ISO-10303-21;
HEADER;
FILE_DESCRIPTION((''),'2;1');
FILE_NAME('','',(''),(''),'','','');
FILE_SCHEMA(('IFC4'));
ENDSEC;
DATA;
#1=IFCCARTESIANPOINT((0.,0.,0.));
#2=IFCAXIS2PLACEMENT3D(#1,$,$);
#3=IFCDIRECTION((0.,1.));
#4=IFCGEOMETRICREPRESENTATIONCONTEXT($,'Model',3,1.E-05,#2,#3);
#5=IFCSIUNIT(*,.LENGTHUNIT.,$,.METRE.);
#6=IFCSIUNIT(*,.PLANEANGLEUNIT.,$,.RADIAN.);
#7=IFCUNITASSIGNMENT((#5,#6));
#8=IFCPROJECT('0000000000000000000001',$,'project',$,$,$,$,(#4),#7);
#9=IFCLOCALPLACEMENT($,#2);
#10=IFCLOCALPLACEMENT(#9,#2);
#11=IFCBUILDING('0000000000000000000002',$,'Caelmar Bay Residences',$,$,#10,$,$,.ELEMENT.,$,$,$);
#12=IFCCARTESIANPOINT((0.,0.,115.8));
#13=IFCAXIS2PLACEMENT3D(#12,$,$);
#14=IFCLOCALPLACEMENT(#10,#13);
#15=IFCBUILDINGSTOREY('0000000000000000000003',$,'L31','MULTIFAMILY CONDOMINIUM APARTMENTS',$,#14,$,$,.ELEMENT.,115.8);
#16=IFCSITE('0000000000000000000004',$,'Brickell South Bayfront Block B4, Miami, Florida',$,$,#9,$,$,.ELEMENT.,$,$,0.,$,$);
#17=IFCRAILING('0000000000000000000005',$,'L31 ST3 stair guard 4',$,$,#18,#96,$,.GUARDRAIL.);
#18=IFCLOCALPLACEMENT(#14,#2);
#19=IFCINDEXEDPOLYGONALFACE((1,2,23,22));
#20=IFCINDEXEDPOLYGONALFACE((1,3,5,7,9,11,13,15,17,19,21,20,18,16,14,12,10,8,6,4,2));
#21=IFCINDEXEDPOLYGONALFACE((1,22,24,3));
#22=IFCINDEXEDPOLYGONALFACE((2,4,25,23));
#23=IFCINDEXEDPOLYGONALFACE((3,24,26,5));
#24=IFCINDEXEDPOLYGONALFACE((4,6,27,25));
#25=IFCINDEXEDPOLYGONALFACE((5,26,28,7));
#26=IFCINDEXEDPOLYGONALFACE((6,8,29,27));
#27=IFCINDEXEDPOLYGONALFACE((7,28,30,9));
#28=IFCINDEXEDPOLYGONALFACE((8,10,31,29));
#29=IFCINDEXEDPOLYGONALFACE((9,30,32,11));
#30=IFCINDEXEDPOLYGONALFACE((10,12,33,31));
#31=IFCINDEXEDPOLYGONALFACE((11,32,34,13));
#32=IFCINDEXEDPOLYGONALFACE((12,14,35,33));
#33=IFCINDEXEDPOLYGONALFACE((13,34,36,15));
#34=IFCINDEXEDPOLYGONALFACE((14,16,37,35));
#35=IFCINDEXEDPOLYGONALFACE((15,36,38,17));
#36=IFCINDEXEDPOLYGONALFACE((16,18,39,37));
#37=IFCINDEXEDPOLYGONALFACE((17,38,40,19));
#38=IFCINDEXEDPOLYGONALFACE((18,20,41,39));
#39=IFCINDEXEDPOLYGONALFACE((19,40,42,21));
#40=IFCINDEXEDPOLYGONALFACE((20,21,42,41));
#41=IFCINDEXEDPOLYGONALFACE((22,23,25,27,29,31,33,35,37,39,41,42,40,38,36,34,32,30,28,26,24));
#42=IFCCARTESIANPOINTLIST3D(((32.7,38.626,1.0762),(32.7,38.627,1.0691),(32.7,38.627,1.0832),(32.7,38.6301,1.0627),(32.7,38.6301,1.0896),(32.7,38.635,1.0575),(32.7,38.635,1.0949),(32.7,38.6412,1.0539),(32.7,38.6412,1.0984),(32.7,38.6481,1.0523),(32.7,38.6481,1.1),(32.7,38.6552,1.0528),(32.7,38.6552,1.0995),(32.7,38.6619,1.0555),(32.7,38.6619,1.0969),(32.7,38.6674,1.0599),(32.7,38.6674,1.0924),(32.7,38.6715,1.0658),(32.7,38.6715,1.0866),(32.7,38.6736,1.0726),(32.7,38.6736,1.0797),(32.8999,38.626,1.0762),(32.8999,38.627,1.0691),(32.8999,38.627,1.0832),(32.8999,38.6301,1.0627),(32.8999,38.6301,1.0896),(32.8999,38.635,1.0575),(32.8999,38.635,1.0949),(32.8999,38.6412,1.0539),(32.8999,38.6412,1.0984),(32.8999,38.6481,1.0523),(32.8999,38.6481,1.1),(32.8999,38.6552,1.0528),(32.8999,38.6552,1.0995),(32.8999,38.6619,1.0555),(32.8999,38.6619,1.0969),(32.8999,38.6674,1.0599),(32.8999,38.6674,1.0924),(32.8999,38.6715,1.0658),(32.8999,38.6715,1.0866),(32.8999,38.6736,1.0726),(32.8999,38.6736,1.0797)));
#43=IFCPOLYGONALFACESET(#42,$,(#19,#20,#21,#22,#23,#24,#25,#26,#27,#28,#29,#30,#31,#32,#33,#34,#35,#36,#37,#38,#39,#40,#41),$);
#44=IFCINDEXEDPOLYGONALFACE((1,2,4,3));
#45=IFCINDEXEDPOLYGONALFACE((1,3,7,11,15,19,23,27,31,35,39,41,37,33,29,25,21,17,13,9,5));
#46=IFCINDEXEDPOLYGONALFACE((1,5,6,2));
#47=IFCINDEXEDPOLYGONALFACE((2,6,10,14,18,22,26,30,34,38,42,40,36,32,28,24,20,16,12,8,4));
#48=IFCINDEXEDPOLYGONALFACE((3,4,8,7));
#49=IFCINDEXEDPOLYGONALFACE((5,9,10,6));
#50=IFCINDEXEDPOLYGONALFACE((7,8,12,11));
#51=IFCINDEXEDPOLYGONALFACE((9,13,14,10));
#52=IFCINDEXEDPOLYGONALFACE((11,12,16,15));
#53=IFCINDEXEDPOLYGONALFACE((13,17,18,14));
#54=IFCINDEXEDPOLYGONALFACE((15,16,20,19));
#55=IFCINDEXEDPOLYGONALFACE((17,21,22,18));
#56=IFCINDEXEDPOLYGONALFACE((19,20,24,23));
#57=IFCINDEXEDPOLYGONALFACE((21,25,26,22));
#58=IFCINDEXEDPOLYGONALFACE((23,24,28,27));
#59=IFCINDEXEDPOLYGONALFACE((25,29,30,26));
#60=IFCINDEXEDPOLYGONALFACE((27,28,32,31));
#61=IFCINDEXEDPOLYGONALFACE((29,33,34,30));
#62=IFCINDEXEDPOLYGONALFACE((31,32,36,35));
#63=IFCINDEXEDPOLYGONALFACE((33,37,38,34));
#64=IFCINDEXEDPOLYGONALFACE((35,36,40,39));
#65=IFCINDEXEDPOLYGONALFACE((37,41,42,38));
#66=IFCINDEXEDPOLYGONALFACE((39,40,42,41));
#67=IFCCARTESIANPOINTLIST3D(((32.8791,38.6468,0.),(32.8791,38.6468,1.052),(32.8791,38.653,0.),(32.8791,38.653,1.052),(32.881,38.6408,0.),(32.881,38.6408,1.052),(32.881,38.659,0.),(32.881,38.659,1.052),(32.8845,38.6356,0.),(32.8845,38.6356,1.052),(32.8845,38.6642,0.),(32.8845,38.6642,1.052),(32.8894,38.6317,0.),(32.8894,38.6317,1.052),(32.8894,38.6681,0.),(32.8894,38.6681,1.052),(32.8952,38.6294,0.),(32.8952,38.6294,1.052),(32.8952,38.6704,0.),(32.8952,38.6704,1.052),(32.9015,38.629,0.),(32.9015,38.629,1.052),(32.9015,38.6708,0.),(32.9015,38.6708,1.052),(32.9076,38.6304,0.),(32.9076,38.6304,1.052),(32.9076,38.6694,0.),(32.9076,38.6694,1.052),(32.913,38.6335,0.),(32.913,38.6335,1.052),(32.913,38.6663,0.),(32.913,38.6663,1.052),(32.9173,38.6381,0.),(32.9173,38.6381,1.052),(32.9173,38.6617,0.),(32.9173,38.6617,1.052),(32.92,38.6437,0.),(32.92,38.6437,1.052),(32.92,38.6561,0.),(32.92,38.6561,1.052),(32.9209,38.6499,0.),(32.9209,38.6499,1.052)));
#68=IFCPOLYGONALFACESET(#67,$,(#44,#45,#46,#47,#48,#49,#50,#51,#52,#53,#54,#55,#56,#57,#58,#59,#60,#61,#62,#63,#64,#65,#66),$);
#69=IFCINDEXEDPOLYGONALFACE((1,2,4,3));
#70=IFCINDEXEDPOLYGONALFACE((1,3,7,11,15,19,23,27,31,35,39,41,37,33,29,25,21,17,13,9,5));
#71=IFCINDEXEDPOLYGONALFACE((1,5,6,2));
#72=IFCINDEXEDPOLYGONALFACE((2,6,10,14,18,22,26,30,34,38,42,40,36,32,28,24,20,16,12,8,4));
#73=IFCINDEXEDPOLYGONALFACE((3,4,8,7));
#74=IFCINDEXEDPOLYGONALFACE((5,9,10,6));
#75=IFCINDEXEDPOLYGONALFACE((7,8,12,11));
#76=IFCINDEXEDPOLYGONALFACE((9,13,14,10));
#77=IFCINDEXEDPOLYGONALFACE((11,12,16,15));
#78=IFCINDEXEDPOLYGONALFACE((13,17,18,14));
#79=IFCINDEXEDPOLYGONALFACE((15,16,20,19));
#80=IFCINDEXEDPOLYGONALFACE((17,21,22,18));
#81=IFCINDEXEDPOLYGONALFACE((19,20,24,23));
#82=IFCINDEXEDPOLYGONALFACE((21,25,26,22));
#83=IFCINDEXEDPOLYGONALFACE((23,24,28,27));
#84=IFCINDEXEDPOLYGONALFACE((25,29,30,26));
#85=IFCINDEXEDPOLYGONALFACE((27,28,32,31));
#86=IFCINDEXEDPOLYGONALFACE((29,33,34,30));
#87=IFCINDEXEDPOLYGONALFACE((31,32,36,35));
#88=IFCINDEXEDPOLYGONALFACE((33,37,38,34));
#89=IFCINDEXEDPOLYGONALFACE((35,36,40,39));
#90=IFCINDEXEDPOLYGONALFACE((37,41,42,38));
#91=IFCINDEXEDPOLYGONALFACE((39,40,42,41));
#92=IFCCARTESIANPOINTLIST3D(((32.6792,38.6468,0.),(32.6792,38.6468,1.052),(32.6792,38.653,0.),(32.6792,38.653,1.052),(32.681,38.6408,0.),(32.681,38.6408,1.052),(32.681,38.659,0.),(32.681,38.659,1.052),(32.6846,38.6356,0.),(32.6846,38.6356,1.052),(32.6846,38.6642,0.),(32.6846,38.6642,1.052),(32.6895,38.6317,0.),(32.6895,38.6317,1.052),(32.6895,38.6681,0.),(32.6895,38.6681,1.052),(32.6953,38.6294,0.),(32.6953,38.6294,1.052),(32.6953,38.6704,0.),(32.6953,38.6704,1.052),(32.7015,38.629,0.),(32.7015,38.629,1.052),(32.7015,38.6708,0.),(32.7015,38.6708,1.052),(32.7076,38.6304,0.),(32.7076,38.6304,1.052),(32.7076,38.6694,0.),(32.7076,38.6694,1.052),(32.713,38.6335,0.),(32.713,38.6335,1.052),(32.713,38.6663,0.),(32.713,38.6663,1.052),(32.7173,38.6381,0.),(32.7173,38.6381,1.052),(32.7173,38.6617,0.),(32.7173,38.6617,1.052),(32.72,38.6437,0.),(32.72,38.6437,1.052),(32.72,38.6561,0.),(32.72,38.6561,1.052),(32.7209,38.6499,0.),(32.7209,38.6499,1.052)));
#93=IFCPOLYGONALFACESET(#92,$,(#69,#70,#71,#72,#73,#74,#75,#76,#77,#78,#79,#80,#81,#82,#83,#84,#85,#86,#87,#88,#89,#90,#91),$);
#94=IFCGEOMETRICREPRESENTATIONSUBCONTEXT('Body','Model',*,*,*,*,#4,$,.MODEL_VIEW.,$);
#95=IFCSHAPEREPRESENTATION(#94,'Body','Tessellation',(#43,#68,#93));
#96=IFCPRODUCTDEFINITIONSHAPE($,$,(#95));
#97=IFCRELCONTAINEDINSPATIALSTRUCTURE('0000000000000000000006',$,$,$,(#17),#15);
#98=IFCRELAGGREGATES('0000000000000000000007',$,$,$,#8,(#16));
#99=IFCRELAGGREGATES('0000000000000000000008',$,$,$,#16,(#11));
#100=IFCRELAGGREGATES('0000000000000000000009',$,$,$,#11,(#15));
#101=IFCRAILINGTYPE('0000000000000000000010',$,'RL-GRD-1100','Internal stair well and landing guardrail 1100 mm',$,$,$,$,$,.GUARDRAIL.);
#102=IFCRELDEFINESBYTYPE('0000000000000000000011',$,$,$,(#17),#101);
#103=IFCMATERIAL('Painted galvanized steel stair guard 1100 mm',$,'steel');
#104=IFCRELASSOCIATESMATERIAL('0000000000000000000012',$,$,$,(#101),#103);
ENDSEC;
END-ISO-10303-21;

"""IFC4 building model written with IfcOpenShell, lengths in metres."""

from ifc_helpers import new_model, si_unit, direction, frame, origin, origin_2d, place, context, subcontext, project, spatial, circle, extrude, material, type_object, element, save


model = new_model("IFC4")

# Units and contexts
model_context = context("Model", 3, precision=1e-05, world=origin(), true_north=direction((0.0, 1.0)))
body_context = subcontext(model_context, "Body", "Model", "MODEL_VIEW")
ifc_project = project(units=[si_unit("LENGTHUNIT", "METRE"), si_unit("PLANEANGLEUNIT", "RADIAN")], contexts=[model_context])

# Site, building, storey
site_placement = place(None, origin())
site = spatial("IfcSite", under=ifc_project, at=site_placement, Name="Brickell South Bayfront Block B4, Miami, Florida", CompositionType="ELEMENT", RefElevation=0.0)
building_placement = place(site_placement, origin())
building = spatial("IfcBuilding", under=site, at=building_placement, Name="Caelmar Bay Residences", CompositionType="ELEMENT")
storey_placement = place(building_placement, frame((0.0, 0.0, 115.8)))
storey = spatial("IfcBuildingStorey", under=building, at=storey_placement, Name="L31", Description="MULTIFAMILY CONDOMINIUM APARTMENTS", CompositionType="ELEMENT", Elevation=115.8)

# Railing
ifc_material_1 = material(Name="Painted galvanized steel stair guard 1100 mm", Category="steel")
railing_type_1 = type_object("IfcRailingType", Name="RL-GRD-1100", Description="Internal stair well and landing guardrail 1100 mm", PredefinedType="GUARDRAIL", material=ifc_material_1)
railing_1_placement = place(storey_placement, frame((32.8999, 38.6499, 0.0)))
element("IfcRailing", 1, at=railing_1_placement, inside=storey, type_object=railing_type_1, Name="L31 ST3 stair guard 4", PredefinedType="GUARDRAIL", context=body_context, shape_type="SweptSolid", body=[
    extrude(circle(Radius=0.0239, at=origin_2d()), frame((0.0, 0.0, 1.0762), z_axis=(-1.0, 0.0, 0.0), x_axis=(0.0, -1.0, 0.0)), (0.0, 0.0, 1.0), 0.2),
    extrude(circle(Radius=0.021, at=origin_2d()), origin(), (0.0, 0.0, 1.0), 1.052),
    extrude(circle(Radius=0.021, at=origin_2d()), frame((-0.2, 0.0, 0.0)), (0.0, 0.0, 1.0), 1.052),
])

save(model, "model.ifc")
